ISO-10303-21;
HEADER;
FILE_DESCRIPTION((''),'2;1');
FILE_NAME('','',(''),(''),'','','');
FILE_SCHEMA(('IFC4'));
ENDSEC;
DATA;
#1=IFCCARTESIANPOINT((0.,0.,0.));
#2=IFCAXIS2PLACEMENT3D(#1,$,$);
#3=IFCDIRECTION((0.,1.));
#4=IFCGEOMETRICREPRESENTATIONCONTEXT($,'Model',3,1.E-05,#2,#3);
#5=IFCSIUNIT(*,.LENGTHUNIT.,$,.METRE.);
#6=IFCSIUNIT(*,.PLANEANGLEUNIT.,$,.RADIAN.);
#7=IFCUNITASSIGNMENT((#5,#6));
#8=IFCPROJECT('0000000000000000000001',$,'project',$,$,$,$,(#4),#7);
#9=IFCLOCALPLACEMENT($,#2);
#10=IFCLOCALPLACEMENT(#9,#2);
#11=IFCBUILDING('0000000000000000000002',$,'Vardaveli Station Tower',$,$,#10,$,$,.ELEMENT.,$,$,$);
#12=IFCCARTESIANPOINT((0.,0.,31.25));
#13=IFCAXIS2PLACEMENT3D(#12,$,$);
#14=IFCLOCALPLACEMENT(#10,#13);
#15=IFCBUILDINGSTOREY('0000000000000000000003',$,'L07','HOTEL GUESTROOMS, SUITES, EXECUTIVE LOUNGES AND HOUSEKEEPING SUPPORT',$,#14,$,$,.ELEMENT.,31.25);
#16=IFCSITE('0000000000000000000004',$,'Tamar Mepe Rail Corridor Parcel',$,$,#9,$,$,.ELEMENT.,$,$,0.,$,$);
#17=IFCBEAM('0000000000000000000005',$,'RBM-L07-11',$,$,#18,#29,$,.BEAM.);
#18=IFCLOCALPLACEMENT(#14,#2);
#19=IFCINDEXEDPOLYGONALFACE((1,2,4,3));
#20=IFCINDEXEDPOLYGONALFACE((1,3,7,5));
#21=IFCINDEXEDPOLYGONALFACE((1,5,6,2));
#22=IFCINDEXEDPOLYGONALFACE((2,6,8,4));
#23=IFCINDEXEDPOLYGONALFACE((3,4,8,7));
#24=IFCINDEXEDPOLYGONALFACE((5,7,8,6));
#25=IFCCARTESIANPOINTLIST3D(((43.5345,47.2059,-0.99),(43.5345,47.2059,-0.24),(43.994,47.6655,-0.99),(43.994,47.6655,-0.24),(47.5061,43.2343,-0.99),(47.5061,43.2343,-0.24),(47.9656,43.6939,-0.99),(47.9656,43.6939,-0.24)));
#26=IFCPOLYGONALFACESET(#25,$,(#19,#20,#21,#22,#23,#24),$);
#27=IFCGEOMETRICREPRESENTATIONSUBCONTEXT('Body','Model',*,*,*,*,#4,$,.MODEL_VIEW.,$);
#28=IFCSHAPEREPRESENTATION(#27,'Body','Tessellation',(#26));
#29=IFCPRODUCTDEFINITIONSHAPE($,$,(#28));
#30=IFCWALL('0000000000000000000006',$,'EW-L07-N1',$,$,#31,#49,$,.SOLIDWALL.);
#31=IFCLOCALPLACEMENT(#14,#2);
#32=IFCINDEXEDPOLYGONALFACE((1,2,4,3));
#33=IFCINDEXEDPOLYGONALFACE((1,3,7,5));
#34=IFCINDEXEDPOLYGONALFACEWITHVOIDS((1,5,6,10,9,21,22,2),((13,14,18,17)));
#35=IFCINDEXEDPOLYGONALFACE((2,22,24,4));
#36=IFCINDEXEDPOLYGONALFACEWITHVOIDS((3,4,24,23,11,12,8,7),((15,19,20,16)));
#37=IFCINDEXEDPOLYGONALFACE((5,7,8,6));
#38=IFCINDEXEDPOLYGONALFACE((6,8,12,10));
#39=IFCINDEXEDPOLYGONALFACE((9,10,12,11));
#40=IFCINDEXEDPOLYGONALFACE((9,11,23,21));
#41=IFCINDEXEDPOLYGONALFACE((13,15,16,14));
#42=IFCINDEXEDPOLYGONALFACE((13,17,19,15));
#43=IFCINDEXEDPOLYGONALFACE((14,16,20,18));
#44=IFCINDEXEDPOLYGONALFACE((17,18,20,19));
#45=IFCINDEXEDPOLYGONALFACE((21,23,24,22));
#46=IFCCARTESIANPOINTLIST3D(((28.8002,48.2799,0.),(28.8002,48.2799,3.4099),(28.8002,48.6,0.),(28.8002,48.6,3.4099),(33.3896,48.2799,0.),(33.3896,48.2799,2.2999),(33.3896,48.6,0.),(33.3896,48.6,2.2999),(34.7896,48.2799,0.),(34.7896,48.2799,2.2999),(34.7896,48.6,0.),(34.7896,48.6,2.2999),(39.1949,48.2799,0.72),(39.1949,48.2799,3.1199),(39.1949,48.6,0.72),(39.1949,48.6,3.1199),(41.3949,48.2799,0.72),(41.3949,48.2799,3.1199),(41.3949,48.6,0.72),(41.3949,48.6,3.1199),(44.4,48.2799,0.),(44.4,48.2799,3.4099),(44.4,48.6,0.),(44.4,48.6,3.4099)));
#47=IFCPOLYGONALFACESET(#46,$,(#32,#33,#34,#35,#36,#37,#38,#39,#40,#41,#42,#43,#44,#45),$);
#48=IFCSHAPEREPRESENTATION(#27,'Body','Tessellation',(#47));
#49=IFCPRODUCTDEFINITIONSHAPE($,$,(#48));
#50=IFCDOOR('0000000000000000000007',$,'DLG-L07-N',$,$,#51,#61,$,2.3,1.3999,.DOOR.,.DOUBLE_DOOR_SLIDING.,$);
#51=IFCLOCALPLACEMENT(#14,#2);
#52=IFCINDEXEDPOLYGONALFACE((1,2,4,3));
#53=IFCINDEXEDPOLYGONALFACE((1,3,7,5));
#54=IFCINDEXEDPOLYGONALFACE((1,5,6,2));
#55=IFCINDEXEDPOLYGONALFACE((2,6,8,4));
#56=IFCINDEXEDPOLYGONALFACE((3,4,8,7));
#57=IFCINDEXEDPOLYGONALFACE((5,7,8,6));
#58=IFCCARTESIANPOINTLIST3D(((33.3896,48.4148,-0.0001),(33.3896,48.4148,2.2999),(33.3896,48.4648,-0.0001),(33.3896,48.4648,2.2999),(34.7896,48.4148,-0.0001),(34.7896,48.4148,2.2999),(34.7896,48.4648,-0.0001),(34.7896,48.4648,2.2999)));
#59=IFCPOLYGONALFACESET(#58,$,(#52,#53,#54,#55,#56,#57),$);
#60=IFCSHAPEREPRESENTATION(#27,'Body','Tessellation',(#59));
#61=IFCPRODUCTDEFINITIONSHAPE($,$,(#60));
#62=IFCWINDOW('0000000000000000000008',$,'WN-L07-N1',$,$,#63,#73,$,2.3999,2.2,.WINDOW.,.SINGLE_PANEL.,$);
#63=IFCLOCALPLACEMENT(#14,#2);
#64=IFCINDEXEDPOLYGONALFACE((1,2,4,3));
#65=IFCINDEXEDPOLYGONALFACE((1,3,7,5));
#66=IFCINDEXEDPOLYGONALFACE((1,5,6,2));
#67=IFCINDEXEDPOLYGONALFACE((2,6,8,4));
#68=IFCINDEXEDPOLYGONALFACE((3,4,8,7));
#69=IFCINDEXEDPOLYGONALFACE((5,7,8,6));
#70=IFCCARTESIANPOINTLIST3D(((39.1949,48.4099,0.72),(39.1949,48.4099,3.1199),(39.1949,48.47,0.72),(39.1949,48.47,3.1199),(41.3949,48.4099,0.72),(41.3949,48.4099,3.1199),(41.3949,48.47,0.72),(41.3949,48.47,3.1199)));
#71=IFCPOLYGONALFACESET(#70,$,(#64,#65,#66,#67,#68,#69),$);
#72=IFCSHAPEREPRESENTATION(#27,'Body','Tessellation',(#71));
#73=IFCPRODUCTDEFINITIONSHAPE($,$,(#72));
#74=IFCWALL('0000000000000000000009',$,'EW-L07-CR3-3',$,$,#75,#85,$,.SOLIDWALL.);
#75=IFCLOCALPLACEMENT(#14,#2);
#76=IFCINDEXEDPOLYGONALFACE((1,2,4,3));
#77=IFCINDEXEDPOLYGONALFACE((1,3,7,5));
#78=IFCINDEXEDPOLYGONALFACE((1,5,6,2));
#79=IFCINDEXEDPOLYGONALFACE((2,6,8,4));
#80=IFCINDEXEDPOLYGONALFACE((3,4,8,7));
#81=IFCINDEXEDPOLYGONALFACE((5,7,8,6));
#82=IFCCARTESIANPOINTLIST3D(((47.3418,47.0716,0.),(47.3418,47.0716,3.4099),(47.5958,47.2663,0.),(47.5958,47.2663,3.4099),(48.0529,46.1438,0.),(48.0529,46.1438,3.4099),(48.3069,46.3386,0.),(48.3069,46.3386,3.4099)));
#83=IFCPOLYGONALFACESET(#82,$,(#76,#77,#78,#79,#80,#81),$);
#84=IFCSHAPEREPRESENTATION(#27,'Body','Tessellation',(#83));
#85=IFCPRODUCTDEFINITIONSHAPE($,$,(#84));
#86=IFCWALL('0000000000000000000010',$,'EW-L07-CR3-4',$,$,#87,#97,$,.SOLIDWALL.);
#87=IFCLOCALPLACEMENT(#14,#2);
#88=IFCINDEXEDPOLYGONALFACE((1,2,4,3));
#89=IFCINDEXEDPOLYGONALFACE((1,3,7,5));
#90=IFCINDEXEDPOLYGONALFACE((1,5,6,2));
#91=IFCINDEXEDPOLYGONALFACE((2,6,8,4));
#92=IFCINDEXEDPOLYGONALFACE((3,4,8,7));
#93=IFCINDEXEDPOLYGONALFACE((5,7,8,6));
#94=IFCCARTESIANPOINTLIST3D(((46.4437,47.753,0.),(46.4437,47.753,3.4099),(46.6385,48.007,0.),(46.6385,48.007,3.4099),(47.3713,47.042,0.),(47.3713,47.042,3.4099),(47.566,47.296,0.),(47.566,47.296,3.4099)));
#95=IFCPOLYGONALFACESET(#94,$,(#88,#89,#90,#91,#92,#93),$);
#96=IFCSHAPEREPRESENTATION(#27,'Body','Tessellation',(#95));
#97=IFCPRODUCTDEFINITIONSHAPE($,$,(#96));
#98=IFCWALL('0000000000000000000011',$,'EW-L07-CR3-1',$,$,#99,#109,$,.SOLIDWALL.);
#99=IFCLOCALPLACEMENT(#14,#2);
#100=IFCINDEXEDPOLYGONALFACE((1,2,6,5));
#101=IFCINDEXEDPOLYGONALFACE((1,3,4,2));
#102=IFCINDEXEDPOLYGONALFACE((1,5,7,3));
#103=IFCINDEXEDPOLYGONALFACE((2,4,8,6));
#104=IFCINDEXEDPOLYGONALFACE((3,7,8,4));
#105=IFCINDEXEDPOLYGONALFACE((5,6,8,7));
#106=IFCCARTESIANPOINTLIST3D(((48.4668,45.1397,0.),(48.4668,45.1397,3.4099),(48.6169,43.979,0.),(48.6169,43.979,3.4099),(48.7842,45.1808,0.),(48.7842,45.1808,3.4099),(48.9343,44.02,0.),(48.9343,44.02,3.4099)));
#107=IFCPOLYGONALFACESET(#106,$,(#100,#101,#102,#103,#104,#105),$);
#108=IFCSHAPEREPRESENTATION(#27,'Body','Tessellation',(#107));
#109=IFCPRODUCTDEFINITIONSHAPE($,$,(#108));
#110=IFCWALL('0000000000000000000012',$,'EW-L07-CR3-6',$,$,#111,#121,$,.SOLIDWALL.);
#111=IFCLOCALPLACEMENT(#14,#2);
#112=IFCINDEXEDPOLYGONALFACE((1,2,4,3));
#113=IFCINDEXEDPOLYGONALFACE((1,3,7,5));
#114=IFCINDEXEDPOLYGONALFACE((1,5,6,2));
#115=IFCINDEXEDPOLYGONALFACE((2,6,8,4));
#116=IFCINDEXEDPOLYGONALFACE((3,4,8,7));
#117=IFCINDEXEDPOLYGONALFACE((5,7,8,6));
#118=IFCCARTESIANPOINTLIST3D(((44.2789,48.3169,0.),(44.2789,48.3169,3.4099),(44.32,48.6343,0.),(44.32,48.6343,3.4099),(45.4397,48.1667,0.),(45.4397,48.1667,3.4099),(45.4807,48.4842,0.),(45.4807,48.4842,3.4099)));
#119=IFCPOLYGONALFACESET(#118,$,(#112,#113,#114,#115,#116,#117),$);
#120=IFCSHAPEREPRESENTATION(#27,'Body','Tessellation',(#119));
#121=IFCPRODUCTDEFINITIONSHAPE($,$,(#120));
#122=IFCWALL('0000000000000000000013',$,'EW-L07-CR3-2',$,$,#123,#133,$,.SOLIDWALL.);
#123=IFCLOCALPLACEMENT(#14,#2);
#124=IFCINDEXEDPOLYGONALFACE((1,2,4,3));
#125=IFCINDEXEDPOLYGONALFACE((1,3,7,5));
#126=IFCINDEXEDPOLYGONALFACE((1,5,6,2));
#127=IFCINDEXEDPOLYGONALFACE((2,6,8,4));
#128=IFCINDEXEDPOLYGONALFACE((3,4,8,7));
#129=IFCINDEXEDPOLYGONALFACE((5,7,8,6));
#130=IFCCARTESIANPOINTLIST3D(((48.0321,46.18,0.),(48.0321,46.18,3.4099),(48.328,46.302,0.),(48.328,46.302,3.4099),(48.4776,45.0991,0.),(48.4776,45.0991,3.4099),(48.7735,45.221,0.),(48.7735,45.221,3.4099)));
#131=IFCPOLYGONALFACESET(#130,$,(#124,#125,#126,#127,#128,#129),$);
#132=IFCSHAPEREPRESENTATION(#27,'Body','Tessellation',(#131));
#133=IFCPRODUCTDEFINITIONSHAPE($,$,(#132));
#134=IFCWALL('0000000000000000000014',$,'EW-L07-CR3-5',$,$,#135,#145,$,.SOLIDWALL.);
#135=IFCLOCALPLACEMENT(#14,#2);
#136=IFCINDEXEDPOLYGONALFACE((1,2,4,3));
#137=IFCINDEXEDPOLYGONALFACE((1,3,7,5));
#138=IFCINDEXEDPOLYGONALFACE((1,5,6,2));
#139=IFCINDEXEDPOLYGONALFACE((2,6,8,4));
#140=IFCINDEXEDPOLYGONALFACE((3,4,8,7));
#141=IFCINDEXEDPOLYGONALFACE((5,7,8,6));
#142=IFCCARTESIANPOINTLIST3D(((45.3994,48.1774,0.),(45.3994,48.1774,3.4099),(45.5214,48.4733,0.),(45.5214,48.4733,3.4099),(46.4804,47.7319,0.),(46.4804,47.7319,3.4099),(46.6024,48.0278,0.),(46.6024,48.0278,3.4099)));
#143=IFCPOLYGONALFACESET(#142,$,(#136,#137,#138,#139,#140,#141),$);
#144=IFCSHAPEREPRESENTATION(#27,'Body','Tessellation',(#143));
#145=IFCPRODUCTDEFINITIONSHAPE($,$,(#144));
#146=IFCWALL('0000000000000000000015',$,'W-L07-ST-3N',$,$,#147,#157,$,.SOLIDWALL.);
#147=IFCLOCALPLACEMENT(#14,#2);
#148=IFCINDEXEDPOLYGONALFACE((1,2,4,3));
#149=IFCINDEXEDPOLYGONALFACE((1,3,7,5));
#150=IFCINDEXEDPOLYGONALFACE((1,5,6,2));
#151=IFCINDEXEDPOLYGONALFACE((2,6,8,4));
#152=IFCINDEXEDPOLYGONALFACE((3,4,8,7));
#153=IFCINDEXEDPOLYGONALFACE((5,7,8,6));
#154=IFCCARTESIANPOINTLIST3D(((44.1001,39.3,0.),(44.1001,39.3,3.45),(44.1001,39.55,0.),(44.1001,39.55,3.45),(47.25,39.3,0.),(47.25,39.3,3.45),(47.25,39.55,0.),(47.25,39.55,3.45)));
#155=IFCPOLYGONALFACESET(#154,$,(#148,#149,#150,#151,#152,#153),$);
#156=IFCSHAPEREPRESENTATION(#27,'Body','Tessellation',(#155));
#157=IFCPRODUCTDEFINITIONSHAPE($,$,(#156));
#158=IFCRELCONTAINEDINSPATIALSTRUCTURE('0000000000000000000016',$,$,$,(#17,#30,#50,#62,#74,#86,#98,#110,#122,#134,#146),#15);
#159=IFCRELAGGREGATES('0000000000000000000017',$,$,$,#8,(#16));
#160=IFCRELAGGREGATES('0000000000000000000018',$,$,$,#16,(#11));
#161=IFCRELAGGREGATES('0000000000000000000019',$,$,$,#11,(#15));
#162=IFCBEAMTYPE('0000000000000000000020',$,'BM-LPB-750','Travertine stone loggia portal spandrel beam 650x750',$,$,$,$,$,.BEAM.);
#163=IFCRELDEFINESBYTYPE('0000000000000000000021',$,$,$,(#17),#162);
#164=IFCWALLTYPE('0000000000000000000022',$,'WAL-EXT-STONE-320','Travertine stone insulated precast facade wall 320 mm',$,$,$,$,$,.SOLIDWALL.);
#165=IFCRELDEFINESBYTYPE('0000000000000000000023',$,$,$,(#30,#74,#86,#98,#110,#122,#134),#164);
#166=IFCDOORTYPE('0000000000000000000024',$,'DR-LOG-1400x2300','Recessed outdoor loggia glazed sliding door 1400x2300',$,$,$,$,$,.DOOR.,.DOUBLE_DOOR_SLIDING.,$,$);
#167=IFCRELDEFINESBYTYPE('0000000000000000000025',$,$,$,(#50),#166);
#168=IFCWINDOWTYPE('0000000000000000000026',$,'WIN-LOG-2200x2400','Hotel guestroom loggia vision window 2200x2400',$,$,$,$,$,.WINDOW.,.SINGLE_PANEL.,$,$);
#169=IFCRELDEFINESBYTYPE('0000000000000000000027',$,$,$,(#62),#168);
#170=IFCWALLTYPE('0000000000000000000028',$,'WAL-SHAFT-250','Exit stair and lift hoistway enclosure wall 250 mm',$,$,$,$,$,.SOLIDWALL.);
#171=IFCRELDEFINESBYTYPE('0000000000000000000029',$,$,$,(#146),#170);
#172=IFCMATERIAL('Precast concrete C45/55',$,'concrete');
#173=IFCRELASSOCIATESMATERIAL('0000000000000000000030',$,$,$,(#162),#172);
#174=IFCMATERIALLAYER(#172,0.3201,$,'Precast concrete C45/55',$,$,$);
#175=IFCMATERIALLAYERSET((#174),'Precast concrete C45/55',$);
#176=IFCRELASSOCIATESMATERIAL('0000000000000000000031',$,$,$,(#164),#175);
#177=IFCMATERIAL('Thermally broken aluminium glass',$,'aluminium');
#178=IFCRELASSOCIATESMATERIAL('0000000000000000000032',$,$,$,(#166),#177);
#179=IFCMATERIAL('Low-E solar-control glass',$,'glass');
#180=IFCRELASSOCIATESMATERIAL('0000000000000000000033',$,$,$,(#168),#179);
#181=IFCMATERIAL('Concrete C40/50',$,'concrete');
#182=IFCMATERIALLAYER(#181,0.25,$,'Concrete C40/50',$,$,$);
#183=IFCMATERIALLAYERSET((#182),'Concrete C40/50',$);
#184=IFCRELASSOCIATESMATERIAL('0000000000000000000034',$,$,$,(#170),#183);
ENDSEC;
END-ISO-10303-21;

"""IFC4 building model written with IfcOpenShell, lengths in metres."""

from ifc_helpers import new_model, si_unit, direction, frame, frame_2d, origin, origin_2d, place, context, subcontext, project, spatial, rectangle, extrude, source, transform, mapped, material, layer, layer_set, material_profile, profile_set, type_object, element, fill, save


model = new_model("IFC4")

# Units and contexts
model_context = context("Model", 3, precision=1e-05, world=origin(), true_north=direction((0.0, 1.0)))
body_context = subcontext(model_context, "Body", "Model", "MODEL_VIEW")
ifc_project = project(units=[si_unit("LENGTHUNIT", "METRE"), si_unit("PLANEANGLEUNIT", "RADIAN")], contexts=[model_context])

# Site, building, storey
site_placement = place(None, origin())
site = spatial("IfcSite", under=ifc_project, at=site_placement, Name="Tamar Mepe Rail Corridor Parcel", CompositionType="ELEMENT", RefElevation=0.0)
building_placement = place(site_placement, origin())
building = spatial("IfcBuilding", under=site, at=building_placement, Name="Vardaveli Station Tower", CompositionType="ELEMENT")
storey_placement = place(building_placement, frame((0.0, 0.0, 31.25)))
storey = spatial("IfcBuildingStorey", under=building, at=storey_placement, Name="L07", Description="HOTEL GUESTROOMS, SUITES, EXECUTIVE LOUNGES AND HOUSEKEEPING SUPPORT", CompositionType="ELEMENT", Elevation=31.25)

# Beam
ifc_material_1 = material(Name="Precast concrete C45/55", Category="concrete")
ifc_material_profile_1 = material_profile(ifc_material_1, rectangle(XDim=0.6499, YDim=0.75, at=origin_2d()), Name="LPB 650x750")
ifc_profile_set_1 = profile_set([ifc_material_profile_1], Name="Precast concrete C45/55")
beam_type = type_object("IfcBeamType", Name="BM-LPB-750", Description="Travertine stone loggia portal spandrel beam 650x750", PredefinedType="BEAM", material=ifc_profile_set_1)
shared_shape_1 = source(origin(), body_context, "Body", "SweptSolid", [
    extrude(rectangle(XDim=0.6499, YDim=0.75, at=origin_2d()), origin(), (0.0, 0.0, 1.0), 5.6167),
])
beam_placement = place(storey_placement, frame((47.7358, 43.4641, -0.615), z_axis=(-0.707107, 0.707107, 0.0), x_axis=(-0.707107, -0.707107, 0.0)))
element("IfcBeam", 1, at=beam_placement, inside=storey, type_object=beam_type, Name="RBM-L07-11", PredefinedType="BEAM", context=body_context, shape_type="MappedRepresentation", body=[
    mapped(shared_shape_1, transform((0.0, 0.0, 0.0), scale=1.0)),
])

# Wall, openings, door, window
ifc_layer_1 = layer(ifc_material_1, 0.3201, Name="Precast concrete C45/55")
ifc_layer_set_1 = layer_set([ifc_layer_1], Name="Precast concrete C45/55")
wall_type_1 = type_object("IfcWallType", Name="WAL-EXT-STONE-320", Description="Travertine stone insulated precast facade wall 320 mm", PredefinedType="SOLIDWALL", material=ifc_layer_set_1)
shared_shape_2 = source(origin(), body_context, "Body", "SweptSolid", [
    extrude(rectangle(XDim=15.5999, YDim=0.3201, at=frame_2d((7.7998, 0.0))), origin(), (0.0, 0.0, 1.0), 3.4099),
])
wall_1_placement = place(storey_placement, frame((44.3999, 48.4399, 0.0), z_axis=(0.0, 0.0, 1.0), x_axis=(-1.0, 0.0, 0.0)))
wall_1 = element("IfcWall", 2, at=wall_1_placement, inside=storey, type_object=wall_type_1, Name="EW-L07-N1", PredefinedType="SOLIDWALL", context=body_context, shape_type="MappedRepresentation", body=[
    mapped(shared_shape_2, transform((0.0, 0.0, 0.0), scale=1.0)),
])
shared_shape_3 = source(origin(), body_context, "Body", "SweptSolid", [
    extrude(rectangle(XDim=1.3999, YDim=2.3, at=frame_2d((0.7, 1.1499))), frame((0.0, 0.1699, 0.0), z_axis=(0.0, -1.0, 0.0), x_axis=(1.0, 0.0, 0.0)), (0.0, 0.0, 1.0), 0.3401),
])
opening_1_placement = place(wall_1_placement, frame((9.6104, 0.0, 0.0)))
opening_1 = element("IfcOpeningElement", 3, at=opening_1_placement, cuts=wall_1, PredefinedType="OPENING", context=body_context, shape_type="MappedRepresentation", body=[
    mapped(shared_shape_3, transform((0.0, 0.0, 0.0), scale=1.0)),
])
shared_shape_4 = source(origin(), body_context, "Body", "SweptSolid", [
    extrude(rectangle(XDim=2.2, YDim=2.3999, at=frame_2d((1.1001, 1.2))), frame((0.0, 0.1699, 0.0), z_axis=(0.0, -1.0, 0.0), x_axis=(1.0, 0.0, 0.0)), (0.0, 0.0, 1.0), 0.3401),
])
opening_2_placement = place(wall_1_placement, frame((3.0049, 0.0, 0.72)))
opening_2 = element("IfcOpeningElement", 4, at=opening_2_placement, cuts=wall_1, PredefinedType="OPENING", context=body_context, shape_type="MappedRepresentation", body=[
    mapped(shared_shape_4, transform((0.0, 0.0, 0.0), scale=1.0)),
])
ifc_material_2 = material(Name="Thermally broken aluminium glass", Category="aluminium")
door_type = type_object("IfcDoorType", Name="DR-LOG-1400x2300", Description="Recessed outdoor loggia glazed sliding door 1400x2300", OperationType="DOUBLE_DOOR_SLIDING", PredefinedType="DOOR", material=ifc_material_2)
shared_shape_5 = source(origin(), body_context, "Body", "SweptSolid", [
    extrude(rectangle(XDim=1.3999, YDim=2.3, at=frame_2d((0.7, 1.1499))), frame((0.0, 0.0249, 0.0), z_axis=(0.0, -1.0, 0.0), x_axis=(1.0, 0.0, 0.0)), (0.0, 0.0, 1.0), 0.05),
])
door_placement = place(opening_1_placement, frame((1.3999, 0.0, 0.0), z_axis=(0.0, 0.0, 1.0), x_axis=(-1.0, 0.0, 0.0)))
door = element("IfcDoor", 5, at=door_placement, inside=storey, type_object=door_type, Name="DLG-L07-N", OperationType="DOUBLE_DOOR_SLIDING", OverallHeight=2.3, OverallWidth=1.3999, PredefinedType="DOOR", context=body_context, shape_type="MappedRepresentation", body=[
    mapped(shared_shape_5, transform((0.0, 0.0, 0.0), scale=1.0)),
])
fill(opening_1, door)
ifc_material_3 = material(Name="Low-E solar-control glass", Category="glass")
window_type = type_object("IfcWindowType", Name="WIN-LOG-2200x2400", Description="Hotel guestroom loggia vision window 2200x2400", PartitioningType="SINGLE_PANEL", PredefinedType="WINDOW", material=ifc_material_3)
shared_shape_6 = source(origin(), body_context, "Body", "SweptSolid", [
    extrude(rectangle(XDim=2.2, YDim=2.3999, at=frame_2d((1.1001, 1.2))), frame((0.0, 0.03, 0.0), z_axis=(0.0, -1.0, 0.0), x_axis=(1.0, 0.0, 0.0)), (0.0, 0.0, 1.0), 0.0601),
])
window_placement = place(opening_2_placement, origin())
window = element("IfcWindow", 6, at=window_placement, inside=storey, type_object=window_type, Name="WN-L07-N1", OverallHeight=2.3999, OverallWidth=2.2, PartitioningType="SINGLE_PANEL", PredefinedType="WINDOW", context=body_context, shape_type="MappedRepresentation", body=[
    mapped(shared_shape_6, transform((0.0, 0.0, 0.0), scale=1.0)),
])
fill(opening_2, window)

# Walls
shared_shape_7 = source(origin(), body_context, "Body", "SweptSolid", [
    extrude(rectangle(XDim=1.1689, YDim=0.3201, at=frame_2d((0.5845, 0.0))), origin(), (0.0, 0.0, 1.0), 3.4099),
])
wall_2_placement = place(storey_placement, frame((48.1799, 46.2412, 0.0), z_axis=(0.0, 0.0, 1.0), x_axis=(-0.608388, 0.79364, 0.0)))
element("IfcWall", 7, at=wall_2_placement, inside=storey, type_object=wall_type_1, Name="EW-L07-CR3-3", PredefinedType="SOLIDWALL", context=body_context, shape_type="MappedRepresentation", body=[
    mapped(shared_shape_7, transform((0.0, 0.0, 0.0), scale=1.0)),
])
shared_shape_8 = source(origin(), body_context, "Body", "SweptSolid", [
    extrude(rectangle(XDim=1.1687, YDim=0.3201, at=frame_2d((0.5845, 0.0))), origin(), (0.0, 0.0, 1.0), 3.4099),
])
wall_3_placement = place(storey_placement, frame((47.4688, 47.1689, 0.0), z_axis=(0.0, 0.0, 1.0), x_axis=(-0.793664, 0.608357, 0.0)))
element("IfcWall", 8, at=wall_3_placement, inside=storey, type_object=wall_type_1, Name="EW-L07-CR3-4", PredefinedType="SOLIDWALL", context=body_context, shape_type="MappedRepresentation", body=[
    mapped(shared_shape_8, transform((0.0, 0.0, 0.0), scale=1.0)),
])
shared_shape_9 = source(origin(), body_context, "Body", "SweptSolid", [
    extrude(rectangle(XDim=1.1704, YDim=0.3201, at=frame_2d((0.5852, 0.0))), origin(), (0.0, 0.0, 1.0), 3.4099),
])
for number, where, z_axis, x_axis, name in (
    (9, (48.7756, 43.9995, 0.0), (0.0, 0.0, 1.0), (-0.128296, 0.991736, 0.0), "EW-L07-CR3-1"),
    (10, (45.4602, 48.3254, 0.0), (0.0, 0.0, 1.0), (-0.991736, 0.128296, 0.0), "EW-L07-CR3-6"),
):
    element("IfcWall", number, at=place(storey_placement, frame(where, z_axis=z_axis, x_axis=x_axis)), inside=storey, type_object=wall_type_1, Name=name, PredefinedType="SOLIDWALL", context=body_context, shape_type="MappedRepresentation", body=[
        mapped(shared_shape_9, transform((0.0, 0.0, 0.0), scale=1.0)),
    ])
shared_shape_10 = source(origin(), body_context, "Body", "SweptSolid", [
    extrude(rectangle(XDim=1.1692, YDim=0.3201, at=frame_2d((0.5845, 0.0))), origin(), (0.0, 0.0, 1.0), 3.4099),
])
for number, where, z_axis, x_axis, name in (
    (11, (48.6255, 45.1602, 0.0), (0.0, 0.0, 1.0), (-0.381054, 0.924553, 0.0), "EW-L07-CR3-2"),
    (12, (46.5413, 47.8799, 0.0), (0.0, 0.0, 1.0), (-0.924553, 0.381054, 0.0), "EW-L07-CR3-5"),
):
    element("IfcWall", number, at=place(storey_placement, frame(where, z_axis=z_axis, x_axis=x_axis)), inside=storey, type_object=wall_type_1, Name=name, PredefinedType="SOLIDWALL", context=body_context, shape_type="MappedRepresentation", body=[
        mapped(shared_shape_10, transform((0.0, 0.0, 0.0), scale=1.0)),
    ])
ifc_material_4 = material(Name="Concrete C40/50", Category="concrete")
ifc_layer_2 = layer(ifc_material_4, 0.25, Name="Concrete C40/50")
ifc_layer_set_2 = layer_set([ifc_layer_2], Name="Concrete C40/50")
wall_type_2 = type_object("IfcWallType", Name="WAL-SHAFT-250", Description="Exit stair and lift hoistway enclosure wall 250 mm", PredefinedType="SOLIDWALL", material=ifc_layer_set_2)
shared_shape_11 = source(origin(), body_context, "Body", "SweptSolid", [
    extrude(rectangle(XDim=3.1499, YDim=0.25, at=frame_2d((1.575, 0.0))), origin(), (0.0, 0.0, 1.0), 3.45),
])
wall_4_placement = place(storey_placement, frame((44.1001, 39.425, 0.0), z_axis=(0.0, 0.0, 1.0), x_axis=(1.0, 0.0, 0.0)))
element("IfcWall", 13, at=wall_4_placement, inside=storey, type_object=wall_type_2, Name="W-L07-ST-3N", PredefinedType="SOLIDWALL", context=body_context, shape_type="MappedRepresentation", body=[
    mapped(shared_shape_11, transform((0.0, 0.0, 0.0), scale=1.0)),
])

save(model, "model.ifc")
